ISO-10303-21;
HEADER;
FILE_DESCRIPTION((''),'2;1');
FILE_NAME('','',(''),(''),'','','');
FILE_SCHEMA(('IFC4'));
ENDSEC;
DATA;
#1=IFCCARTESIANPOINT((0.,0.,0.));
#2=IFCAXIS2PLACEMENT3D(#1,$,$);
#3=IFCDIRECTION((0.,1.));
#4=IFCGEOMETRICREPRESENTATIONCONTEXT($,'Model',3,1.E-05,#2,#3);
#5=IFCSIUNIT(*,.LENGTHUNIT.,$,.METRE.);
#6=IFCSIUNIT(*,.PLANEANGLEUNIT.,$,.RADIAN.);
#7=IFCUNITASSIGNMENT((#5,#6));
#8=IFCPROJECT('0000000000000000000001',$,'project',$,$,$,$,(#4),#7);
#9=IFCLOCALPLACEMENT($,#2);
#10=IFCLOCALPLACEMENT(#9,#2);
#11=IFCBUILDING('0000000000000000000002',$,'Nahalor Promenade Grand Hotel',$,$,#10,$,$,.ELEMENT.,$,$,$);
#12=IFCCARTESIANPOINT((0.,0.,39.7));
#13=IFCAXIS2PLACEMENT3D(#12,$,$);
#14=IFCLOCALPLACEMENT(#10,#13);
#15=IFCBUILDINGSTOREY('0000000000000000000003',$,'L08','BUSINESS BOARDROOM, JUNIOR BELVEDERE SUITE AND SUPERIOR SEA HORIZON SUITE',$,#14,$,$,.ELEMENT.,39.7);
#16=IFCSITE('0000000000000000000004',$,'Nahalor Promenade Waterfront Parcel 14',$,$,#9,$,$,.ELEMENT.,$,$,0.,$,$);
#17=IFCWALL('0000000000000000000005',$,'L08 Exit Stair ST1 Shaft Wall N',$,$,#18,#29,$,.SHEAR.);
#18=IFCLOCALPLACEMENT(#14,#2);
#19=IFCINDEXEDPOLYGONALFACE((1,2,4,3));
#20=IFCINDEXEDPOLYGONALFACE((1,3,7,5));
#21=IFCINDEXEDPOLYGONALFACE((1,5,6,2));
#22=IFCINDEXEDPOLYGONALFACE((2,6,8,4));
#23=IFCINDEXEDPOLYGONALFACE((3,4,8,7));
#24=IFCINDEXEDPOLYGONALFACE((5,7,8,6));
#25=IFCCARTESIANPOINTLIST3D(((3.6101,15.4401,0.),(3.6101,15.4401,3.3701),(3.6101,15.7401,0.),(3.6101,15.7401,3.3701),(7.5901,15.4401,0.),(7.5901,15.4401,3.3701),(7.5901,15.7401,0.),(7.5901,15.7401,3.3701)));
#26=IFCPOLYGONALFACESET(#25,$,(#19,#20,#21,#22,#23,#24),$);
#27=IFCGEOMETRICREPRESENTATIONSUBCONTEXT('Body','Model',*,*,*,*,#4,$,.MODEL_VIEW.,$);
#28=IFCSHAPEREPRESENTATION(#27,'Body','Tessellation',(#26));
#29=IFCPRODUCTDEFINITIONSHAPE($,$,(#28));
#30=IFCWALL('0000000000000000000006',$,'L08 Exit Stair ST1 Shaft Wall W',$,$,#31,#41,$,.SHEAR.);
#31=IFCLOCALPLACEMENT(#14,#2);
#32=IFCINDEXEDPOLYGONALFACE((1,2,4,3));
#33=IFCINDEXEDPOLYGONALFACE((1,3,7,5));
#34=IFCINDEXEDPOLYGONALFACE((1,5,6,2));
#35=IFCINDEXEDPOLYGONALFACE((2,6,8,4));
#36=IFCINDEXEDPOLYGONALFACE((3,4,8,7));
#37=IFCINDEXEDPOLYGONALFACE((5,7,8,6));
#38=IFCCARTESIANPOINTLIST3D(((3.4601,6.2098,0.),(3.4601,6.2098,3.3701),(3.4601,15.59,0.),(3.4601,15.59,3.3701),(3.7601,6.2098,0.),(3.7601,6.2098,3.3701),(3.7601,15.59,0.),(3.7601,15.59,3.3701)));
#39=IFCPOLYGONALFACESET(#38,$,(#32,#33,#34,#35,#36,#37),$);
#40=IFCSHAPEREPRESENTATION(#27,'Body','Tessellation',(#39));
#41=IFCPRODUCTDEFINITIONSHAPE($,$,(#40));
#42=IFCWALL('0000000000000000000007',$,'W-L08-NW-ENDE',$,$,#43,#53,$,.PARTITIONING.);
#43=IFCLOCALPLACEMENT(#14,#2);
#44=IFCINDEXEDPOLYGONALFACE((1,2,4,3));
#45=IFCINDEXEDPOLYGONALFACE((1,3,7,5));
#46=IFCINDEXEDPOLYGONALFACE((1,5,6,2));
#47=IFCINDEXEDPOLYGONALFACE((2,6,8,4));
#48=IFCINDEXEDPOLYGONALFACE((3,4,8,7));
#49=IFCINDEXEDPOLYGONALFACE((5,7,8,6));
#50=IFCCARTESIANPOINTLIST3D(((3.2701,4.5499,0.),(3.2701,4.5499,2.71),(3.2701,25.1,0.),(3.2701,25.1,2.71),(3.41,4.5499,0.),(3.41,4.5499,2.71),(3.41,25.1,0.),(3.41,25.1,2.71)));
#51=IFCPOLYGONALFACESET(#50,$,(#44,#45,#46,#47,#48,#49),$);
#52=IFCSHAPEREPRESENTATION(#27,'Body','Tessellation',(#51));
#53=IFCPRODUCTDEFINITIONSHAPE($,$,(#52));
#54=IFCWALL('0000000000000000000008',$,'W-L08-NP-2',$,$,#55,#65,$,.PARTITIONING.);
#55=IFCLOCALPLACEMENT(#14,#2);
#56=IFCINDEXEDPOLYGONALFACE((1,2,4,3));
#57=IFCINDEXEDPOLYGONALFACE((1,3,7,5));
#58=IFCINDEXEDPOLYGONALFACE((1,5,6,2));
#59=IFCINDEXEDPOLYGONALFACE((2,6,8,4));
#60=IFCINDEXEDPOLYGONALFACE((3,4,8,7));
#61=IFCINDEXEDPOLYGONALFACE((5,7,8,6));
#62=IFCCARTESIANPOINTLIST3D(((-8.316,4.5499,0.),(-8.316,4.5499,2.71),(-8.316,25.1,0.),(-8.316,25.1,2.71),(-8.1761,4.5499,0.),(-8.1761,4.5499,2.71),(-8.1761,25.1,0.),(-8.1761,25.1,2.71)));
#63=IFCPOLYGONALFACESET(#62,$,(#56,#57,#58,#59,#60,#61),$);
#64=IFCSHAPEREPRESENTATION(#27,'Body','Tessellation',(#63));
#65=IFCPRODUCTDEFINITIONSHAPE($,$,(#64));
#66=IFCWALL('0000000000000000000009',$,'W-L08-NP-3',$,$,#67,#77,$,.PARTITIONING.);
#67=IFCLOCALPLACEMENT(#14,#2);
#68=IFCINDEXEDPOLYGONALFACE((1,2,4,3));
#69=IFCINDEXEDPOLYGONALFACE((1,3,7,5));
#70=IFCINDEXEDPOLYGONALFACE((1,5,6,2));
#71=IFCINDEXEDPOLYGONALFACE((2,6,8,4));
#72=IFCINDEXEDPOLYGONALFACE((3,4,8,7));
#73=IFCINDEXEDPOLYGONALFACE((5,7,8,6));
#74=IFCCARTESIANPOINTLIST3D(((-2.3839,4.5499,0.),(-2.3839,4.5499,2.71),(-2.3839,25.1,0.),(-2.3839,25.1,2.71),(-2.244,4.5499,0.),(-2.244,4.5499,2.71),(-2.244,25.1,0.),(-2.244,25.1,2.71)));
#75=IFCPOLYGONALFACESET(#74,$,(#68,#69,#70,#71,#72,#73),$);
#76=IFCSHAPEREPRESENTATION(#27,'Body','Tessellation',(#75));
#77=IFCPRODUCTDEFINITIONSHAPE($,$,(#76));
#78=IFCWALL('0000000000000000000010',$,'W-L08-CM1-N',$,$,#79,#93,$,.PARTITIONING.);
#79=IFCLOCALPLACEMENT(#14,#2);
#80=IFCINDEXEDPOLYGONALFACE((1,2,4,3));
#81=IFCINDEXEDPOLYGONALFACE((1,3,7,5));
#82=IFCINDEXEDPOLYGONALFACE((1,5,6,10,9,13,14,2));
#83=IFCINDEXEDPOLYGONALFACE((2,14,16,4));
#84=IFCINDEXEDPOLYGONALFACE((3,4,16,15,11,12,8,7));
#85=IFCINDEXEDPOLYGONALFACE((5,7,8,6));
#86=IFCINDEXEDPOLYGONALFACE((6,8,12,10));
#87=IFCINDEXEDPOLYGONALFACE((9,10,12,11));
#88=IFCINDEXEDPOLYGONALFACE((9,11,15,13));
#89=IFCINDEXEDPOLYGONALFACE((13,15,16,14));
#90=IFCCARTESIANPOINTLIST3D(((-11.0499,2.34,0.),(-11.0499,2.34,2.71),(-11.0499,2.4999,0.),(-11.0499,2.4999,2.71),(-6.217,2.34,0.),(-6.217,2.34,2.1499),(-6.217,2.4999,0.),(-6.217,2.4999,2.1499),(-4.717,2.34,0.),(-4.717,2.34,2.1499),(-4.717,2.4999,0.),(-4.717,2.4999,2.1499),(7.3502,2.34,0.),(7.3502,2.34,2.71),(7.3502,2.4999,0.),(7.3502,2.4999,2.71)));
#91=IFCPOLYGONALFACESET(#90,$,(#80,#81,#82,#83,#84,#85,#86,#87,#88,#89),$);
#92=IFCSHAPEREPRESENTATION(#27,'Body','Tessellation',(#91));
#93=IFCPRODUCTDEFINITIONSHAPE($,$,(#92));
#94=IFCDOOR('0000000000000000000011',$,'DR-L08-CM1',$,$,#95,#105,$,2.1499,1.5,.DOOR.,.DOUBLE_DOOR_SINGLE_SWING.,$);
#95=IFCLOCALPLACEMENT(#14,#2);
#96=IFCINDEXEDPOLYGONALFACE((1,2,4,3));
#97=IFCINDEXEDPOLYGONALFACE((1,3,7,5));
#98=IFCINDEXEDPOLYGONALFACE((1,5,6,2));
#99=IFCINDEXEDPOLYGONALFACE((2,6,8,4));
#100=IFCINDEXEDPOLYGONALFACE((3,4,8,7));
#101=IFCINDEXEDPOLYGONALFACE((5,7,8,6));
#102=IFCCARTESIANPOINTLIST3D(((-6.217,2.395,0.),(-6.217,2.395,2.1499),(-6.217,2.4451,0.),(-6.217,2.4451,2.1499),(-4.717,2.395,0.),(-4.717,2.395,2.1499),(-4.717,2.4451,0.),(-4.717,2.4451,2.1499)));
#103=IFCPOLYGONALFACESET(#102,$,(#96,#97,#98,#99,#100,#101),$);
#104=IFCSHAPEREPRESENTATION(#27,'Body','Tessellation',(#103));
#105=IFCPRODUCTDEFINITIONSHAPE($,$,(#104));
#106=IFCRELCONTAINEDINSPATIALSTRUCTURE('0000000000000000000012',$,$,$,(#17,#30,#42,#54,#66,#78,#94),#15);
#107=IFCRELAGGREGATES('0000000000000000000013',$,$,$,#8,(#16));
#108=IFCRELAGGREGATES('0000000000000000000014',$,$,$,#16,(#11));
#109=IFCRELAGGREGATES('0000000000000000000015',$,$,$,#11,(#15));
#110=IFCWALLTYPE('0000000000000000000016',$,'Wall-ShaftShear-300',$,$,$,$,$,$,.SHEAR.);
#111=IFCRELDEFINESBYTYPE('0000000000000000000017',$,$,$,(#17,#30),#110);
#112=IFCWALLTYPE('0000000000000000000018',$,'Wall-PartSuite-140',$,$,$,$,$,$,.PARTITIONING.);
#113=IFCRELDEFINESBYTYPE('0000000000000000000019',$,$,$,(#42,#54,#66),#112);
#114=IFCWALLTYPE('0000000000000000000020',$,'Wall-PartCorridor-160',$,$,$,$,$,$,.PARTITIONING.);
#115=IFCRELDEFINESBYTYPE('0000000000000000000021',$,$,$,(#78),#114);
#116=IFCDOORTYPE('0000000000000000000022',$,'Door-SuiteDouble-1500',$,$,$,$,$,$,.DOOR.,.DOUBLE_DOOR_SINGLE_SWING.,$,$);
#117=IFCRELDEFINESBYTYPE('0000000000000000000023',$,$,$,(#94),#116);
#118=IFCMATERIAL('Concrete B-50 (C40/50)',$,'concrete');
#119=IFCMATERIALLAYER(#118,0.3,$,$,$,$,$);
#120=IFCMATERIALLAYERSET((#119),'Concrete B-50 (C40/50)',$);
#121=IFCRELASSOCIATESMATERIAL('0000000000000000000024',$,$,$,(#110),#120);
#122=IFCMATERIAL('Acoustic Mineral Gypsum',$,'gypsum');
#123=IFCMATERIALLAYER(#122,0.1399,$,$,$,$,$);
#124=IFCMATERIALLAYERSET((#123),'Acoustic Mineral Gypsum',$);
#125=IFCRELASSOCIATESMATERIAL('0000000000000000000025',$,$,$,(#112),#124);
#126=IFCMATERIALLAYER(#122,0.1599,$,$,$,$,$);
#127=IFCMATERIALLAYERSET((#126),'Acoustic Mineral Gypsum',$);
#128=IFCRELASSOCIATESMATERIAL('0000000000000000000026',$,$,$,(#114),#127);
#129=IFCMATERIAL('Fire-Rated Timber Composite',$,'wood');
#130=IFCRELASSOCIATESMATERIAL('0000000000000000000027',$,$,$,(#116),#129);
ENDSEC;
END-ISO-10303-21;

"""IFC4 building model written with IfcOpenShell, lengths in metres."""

from ifc_helpers import new_model, si_unit, direction, frame, frame_2d, origin, place, context, subcontext, project, spatial, rectangle, extrude, source, transform, mapped, material, layer, layer_set, type_object, element, fill, save


model = new_model("IFC4")

# Units and contexts
model_context = context("Model", 3, precision=1e-05, world=origin(), true_north=direction((0.0, 1.0)))
body_context = subcontext(model_context, "Body", "Model", "MODEL_VIEW")
ifc_project = project(units=[si_unit("LENGTHUNIT", "METRE"), si_unit("PLANEANGLEUNIT", "RADIAN")], contexts=[model_context])

# Site, building, storey
site_placement = place(None, origin())
site = spatial("IfcSite", under=ifc_project, at=site_placement, Name="Nahalor Promenade Waterfront Parcel 14", CompositionType="ELEMENT", RefElevation=0.0)
building_placement = place(site_placement, origin())
building = spatial("IfcBuilding", under=site, at=building_placement, Name="Nahalor Promenade Grand Hotel", CompositionType="ELEMENT")
storey_placement = place(building_placement, frame((0.0, 0.0, 39.7)))
storey = spatial("IfcBuildingStorey", under=building, at=storey_placement, Name="L08", Description="BUSINESS BOARDROOM, JUNIOR BELVEDERE SUITE AND SUPERIOR SEA HORIZON SUITE", CompositionType="ELEMENT", Elevation=39.7)

# Shared definitions
ifc_material_1 = material(Name="Concrete B-50 (C40/50)", Category="concrete")

# Walls
ifc_layer_1 = layer(ifc_material_1, 0.3)
ifc_layer_set_1 = layer_set([ifc_layer_1], Name="Concrete B-50 (C40/50)")
wall_type_1 = type_object("IfcWallType", Name="Wall-ShaftShear-300", PredefinedType="SHEAR", material=ifc_layer_set_1)
shared_shape_1 = source(origin(), body_context, "Body", "SweptSolid", [
    extrude(rectangle(XDim=3.98, YDim=0.3, at=frame_2d((1.99, 0.0))), origin(), (0.0, 0.0, 1.0), 3.3701),
])
for number, where, z_axis, x_axis, name in (
    (1, (3.6101, 15.5901, 0.0), (0.0, 0.0, 1.0), (1.0, 0.0, 0.0), "L08 Exit Stair ST1 Shaft Wall N"),
):
    element("IfcWall", number, at=place(storey_placement, frame(where, z_axis=z_axis, x_axis=x_axis)), inside=storey, type_object=wall_type_1, Name=name, PredefinedType="SHEAR", context=body_context, shape_type="MappedRepresentation", body=[
        mapped(shared_shape_1, transform((0.0, 0.0, 0.0), scale=1.0)),
    ])
shared_shape_2 = source(origin(), body_context, "Body", "SweptSolid", [
    extrude(rectangle(XDim=9.3801, YDim=0.3, at=frame_2d((4.6899, 0.0))), origin(), (0.0, 0.0, 1.0), 3.3701),
])
wall_1_placement = place(storey_placement, frame((3.6101, 6.21, 0.0), z_axis=(0.0, 0.0, 1.0), x_axis=(0.0, 1.0, 0.0)))
element("IfcWall", 2, at=wall_1_placement, inside=storey, type_object=wall_type_1, Name="L08 Exit Stair ST1 Shaft Wall W", PredefinedType="SHEAR", context=body_context, shape_type="MappedRepresentation", body=[
    mapped(shared_shape_2, transform((0.0, 0.0, 0.0), scale=1.0)),
])
ifc_material_2 = material(Name="Acoustic Mineral Gypsum", Category="gypsum")
ifc_layer_2 = layer(ifc_material_2, 0.1399)
ifc_layer_set_2 = layer_set([ifc_layer_2], Name="Acoustic Mineral Gypsum")
wall_type_2 = type_object("IfcWallType", Name="Wall-PartSuite-140", PredefinedType="PARTITIONING", material=ifc_layer_set_2)
shared_shape_3 = source(origin(), body_context, "Body", "SweptSolid", [
    extrude(rectangle(XDim=20.55, YDim=0.1399, at=frame_2d((10.2749, 0.0))), origin(), (0.0, 0.0, 1.0), 2.71),
])
for number, where, z_axis, x_axis, name in (
    (3, (3.3401, 4.55, 0.0), (0.0, 0.0, 1.0), (0.0, 1.0, 0.0), "W-L08-NW-ENDE"),
    (4, (-8.2461, 4.55, 0.0), (0.0, 0.0, 1.0), (0.0, 1.0, 0.0), "W-L08-NP-2"),
    (5, (-2.314, 4.55, 0.0), (0.0, 0.0, 1.0), (0.0, 1.0, 0.0), "W-L08-NP-3"),
):
    element("IfcWall", number, at=place(storey_placement, frame(where, z_axis=z_axis, x_axis=x_axis)), inside=storey, type_object=wall_type_2, Name=name, PredefinedType="PARTITIONING", context=body_context, shape_type="MappedRepresentation", body=[
        mapped(shared_shape_3, transform((0.0, 0.0, 0.0), scale=1.0)),
    ])

# Wall, opening, door
ifc_layer_3 = layer(ifc_material_2, 0.1599)
ifc_layer_set_3 = layer_set([ifc_layer_3], Name="Acoustic Mineral Gypsum")
wall_type_3 = type_object("IfcWallType", Name="Wall-PartCorridor-160", PredefinedType="PARTITIONING", material=ifc_layer_set_3)
shared_shape_4 = source(origin(), body_context, "Body", "SweptSolid", [
    extrude(rectangle(XDim=18.4001, YDim=0.1599, at=frame_2d((9.2002, 0.0))), origin(), (0.0, 0.0, 1.0), 2.71),
])
wall_2_placement = place(storey_placement, frame((-11.05, 2.4199, 0.0), z_axis=(0.0, 0.0, 1.0), x_axis=(1.0, 0.0, 0.0)))
wall_2 = element("IfcWall", 6, at=wall_2_placement, inside=storey, type_object=wall_type_3, Name="W-L08-CM1-N", PredefinedType="PARTITIONING", context=body_context, shape_type="MappedRepresentation", body=[
    mapped(shared_shape_4, transform((0.0, 0.0, 0.0), scale=1.0)),
])
opening_placement = place(wall_2_placement, frame((4.833, 0.0, 0.0)))
opening = element("IfcOpeningElement", 7, at=opening_placement, cuts=wall_2, PredefinedType="OPENING", context=body_context, shape_type="SweptSolid", body=[
    extrude(rectangle(XDim=1.5, YDim=2.1499, at=frame_2d((0.75, 1.075))), frame((0.0, 0.0898, 0.0), z_axis=(0.0, -1.0, 0.0), x_axis=(1.0, 0.0, 0.0)), (0.0, 0.0, 1.0), 0.1799),
])
ifc_material_3 = material(Name="Fire-Rated Timber Composite", Category="wood")
door_type = type_object("IfcDoorType", Name="Door-SuiteDouble-1500", OperationType="DOUBLE_DOOR_SINGLE_SWING", PredefinedType="DOOR", material=ifc_material_3)
shared_shape_5 = source(origin(), body_context, "Body", "SweptSolid", [
    extrude(rectangle(XDim=1.5, YDim=2.1499, at=frame_2d((0.75, 1.075))), frame((0.0, 0.0249, 0.0), z_axis=(0.0, -1.0, 0.0), x_axis=(1.0, 0.0, 0.0)), (0.0, 0.0, 1.0), 0.05),
])
door_placement = place(opening_placement, frame((1.5, 0.0, 0.0), z_axis=(0.0, 0.0, 1.0), x_axis=(-1.0, 0.0, 0.0)))
door = element("IfcDoor", 8, at=door_placement, inside=storey, type_object=door_type, Name="DR-L08-CM1", OperationType="DOUBLE_DOOR_SINGLE_SWING", OverallHeight=2.1499, OverallWidth=1.5, PredefinedType="DOOR", context=body_context, shape_type="MappedRepresentation", body=[
    mapped(shared_shape_5, transform((0.0, 0.0, 0.0), scale=1.0)),
])
fill(opening, door)

save(model, "model.ifc")
